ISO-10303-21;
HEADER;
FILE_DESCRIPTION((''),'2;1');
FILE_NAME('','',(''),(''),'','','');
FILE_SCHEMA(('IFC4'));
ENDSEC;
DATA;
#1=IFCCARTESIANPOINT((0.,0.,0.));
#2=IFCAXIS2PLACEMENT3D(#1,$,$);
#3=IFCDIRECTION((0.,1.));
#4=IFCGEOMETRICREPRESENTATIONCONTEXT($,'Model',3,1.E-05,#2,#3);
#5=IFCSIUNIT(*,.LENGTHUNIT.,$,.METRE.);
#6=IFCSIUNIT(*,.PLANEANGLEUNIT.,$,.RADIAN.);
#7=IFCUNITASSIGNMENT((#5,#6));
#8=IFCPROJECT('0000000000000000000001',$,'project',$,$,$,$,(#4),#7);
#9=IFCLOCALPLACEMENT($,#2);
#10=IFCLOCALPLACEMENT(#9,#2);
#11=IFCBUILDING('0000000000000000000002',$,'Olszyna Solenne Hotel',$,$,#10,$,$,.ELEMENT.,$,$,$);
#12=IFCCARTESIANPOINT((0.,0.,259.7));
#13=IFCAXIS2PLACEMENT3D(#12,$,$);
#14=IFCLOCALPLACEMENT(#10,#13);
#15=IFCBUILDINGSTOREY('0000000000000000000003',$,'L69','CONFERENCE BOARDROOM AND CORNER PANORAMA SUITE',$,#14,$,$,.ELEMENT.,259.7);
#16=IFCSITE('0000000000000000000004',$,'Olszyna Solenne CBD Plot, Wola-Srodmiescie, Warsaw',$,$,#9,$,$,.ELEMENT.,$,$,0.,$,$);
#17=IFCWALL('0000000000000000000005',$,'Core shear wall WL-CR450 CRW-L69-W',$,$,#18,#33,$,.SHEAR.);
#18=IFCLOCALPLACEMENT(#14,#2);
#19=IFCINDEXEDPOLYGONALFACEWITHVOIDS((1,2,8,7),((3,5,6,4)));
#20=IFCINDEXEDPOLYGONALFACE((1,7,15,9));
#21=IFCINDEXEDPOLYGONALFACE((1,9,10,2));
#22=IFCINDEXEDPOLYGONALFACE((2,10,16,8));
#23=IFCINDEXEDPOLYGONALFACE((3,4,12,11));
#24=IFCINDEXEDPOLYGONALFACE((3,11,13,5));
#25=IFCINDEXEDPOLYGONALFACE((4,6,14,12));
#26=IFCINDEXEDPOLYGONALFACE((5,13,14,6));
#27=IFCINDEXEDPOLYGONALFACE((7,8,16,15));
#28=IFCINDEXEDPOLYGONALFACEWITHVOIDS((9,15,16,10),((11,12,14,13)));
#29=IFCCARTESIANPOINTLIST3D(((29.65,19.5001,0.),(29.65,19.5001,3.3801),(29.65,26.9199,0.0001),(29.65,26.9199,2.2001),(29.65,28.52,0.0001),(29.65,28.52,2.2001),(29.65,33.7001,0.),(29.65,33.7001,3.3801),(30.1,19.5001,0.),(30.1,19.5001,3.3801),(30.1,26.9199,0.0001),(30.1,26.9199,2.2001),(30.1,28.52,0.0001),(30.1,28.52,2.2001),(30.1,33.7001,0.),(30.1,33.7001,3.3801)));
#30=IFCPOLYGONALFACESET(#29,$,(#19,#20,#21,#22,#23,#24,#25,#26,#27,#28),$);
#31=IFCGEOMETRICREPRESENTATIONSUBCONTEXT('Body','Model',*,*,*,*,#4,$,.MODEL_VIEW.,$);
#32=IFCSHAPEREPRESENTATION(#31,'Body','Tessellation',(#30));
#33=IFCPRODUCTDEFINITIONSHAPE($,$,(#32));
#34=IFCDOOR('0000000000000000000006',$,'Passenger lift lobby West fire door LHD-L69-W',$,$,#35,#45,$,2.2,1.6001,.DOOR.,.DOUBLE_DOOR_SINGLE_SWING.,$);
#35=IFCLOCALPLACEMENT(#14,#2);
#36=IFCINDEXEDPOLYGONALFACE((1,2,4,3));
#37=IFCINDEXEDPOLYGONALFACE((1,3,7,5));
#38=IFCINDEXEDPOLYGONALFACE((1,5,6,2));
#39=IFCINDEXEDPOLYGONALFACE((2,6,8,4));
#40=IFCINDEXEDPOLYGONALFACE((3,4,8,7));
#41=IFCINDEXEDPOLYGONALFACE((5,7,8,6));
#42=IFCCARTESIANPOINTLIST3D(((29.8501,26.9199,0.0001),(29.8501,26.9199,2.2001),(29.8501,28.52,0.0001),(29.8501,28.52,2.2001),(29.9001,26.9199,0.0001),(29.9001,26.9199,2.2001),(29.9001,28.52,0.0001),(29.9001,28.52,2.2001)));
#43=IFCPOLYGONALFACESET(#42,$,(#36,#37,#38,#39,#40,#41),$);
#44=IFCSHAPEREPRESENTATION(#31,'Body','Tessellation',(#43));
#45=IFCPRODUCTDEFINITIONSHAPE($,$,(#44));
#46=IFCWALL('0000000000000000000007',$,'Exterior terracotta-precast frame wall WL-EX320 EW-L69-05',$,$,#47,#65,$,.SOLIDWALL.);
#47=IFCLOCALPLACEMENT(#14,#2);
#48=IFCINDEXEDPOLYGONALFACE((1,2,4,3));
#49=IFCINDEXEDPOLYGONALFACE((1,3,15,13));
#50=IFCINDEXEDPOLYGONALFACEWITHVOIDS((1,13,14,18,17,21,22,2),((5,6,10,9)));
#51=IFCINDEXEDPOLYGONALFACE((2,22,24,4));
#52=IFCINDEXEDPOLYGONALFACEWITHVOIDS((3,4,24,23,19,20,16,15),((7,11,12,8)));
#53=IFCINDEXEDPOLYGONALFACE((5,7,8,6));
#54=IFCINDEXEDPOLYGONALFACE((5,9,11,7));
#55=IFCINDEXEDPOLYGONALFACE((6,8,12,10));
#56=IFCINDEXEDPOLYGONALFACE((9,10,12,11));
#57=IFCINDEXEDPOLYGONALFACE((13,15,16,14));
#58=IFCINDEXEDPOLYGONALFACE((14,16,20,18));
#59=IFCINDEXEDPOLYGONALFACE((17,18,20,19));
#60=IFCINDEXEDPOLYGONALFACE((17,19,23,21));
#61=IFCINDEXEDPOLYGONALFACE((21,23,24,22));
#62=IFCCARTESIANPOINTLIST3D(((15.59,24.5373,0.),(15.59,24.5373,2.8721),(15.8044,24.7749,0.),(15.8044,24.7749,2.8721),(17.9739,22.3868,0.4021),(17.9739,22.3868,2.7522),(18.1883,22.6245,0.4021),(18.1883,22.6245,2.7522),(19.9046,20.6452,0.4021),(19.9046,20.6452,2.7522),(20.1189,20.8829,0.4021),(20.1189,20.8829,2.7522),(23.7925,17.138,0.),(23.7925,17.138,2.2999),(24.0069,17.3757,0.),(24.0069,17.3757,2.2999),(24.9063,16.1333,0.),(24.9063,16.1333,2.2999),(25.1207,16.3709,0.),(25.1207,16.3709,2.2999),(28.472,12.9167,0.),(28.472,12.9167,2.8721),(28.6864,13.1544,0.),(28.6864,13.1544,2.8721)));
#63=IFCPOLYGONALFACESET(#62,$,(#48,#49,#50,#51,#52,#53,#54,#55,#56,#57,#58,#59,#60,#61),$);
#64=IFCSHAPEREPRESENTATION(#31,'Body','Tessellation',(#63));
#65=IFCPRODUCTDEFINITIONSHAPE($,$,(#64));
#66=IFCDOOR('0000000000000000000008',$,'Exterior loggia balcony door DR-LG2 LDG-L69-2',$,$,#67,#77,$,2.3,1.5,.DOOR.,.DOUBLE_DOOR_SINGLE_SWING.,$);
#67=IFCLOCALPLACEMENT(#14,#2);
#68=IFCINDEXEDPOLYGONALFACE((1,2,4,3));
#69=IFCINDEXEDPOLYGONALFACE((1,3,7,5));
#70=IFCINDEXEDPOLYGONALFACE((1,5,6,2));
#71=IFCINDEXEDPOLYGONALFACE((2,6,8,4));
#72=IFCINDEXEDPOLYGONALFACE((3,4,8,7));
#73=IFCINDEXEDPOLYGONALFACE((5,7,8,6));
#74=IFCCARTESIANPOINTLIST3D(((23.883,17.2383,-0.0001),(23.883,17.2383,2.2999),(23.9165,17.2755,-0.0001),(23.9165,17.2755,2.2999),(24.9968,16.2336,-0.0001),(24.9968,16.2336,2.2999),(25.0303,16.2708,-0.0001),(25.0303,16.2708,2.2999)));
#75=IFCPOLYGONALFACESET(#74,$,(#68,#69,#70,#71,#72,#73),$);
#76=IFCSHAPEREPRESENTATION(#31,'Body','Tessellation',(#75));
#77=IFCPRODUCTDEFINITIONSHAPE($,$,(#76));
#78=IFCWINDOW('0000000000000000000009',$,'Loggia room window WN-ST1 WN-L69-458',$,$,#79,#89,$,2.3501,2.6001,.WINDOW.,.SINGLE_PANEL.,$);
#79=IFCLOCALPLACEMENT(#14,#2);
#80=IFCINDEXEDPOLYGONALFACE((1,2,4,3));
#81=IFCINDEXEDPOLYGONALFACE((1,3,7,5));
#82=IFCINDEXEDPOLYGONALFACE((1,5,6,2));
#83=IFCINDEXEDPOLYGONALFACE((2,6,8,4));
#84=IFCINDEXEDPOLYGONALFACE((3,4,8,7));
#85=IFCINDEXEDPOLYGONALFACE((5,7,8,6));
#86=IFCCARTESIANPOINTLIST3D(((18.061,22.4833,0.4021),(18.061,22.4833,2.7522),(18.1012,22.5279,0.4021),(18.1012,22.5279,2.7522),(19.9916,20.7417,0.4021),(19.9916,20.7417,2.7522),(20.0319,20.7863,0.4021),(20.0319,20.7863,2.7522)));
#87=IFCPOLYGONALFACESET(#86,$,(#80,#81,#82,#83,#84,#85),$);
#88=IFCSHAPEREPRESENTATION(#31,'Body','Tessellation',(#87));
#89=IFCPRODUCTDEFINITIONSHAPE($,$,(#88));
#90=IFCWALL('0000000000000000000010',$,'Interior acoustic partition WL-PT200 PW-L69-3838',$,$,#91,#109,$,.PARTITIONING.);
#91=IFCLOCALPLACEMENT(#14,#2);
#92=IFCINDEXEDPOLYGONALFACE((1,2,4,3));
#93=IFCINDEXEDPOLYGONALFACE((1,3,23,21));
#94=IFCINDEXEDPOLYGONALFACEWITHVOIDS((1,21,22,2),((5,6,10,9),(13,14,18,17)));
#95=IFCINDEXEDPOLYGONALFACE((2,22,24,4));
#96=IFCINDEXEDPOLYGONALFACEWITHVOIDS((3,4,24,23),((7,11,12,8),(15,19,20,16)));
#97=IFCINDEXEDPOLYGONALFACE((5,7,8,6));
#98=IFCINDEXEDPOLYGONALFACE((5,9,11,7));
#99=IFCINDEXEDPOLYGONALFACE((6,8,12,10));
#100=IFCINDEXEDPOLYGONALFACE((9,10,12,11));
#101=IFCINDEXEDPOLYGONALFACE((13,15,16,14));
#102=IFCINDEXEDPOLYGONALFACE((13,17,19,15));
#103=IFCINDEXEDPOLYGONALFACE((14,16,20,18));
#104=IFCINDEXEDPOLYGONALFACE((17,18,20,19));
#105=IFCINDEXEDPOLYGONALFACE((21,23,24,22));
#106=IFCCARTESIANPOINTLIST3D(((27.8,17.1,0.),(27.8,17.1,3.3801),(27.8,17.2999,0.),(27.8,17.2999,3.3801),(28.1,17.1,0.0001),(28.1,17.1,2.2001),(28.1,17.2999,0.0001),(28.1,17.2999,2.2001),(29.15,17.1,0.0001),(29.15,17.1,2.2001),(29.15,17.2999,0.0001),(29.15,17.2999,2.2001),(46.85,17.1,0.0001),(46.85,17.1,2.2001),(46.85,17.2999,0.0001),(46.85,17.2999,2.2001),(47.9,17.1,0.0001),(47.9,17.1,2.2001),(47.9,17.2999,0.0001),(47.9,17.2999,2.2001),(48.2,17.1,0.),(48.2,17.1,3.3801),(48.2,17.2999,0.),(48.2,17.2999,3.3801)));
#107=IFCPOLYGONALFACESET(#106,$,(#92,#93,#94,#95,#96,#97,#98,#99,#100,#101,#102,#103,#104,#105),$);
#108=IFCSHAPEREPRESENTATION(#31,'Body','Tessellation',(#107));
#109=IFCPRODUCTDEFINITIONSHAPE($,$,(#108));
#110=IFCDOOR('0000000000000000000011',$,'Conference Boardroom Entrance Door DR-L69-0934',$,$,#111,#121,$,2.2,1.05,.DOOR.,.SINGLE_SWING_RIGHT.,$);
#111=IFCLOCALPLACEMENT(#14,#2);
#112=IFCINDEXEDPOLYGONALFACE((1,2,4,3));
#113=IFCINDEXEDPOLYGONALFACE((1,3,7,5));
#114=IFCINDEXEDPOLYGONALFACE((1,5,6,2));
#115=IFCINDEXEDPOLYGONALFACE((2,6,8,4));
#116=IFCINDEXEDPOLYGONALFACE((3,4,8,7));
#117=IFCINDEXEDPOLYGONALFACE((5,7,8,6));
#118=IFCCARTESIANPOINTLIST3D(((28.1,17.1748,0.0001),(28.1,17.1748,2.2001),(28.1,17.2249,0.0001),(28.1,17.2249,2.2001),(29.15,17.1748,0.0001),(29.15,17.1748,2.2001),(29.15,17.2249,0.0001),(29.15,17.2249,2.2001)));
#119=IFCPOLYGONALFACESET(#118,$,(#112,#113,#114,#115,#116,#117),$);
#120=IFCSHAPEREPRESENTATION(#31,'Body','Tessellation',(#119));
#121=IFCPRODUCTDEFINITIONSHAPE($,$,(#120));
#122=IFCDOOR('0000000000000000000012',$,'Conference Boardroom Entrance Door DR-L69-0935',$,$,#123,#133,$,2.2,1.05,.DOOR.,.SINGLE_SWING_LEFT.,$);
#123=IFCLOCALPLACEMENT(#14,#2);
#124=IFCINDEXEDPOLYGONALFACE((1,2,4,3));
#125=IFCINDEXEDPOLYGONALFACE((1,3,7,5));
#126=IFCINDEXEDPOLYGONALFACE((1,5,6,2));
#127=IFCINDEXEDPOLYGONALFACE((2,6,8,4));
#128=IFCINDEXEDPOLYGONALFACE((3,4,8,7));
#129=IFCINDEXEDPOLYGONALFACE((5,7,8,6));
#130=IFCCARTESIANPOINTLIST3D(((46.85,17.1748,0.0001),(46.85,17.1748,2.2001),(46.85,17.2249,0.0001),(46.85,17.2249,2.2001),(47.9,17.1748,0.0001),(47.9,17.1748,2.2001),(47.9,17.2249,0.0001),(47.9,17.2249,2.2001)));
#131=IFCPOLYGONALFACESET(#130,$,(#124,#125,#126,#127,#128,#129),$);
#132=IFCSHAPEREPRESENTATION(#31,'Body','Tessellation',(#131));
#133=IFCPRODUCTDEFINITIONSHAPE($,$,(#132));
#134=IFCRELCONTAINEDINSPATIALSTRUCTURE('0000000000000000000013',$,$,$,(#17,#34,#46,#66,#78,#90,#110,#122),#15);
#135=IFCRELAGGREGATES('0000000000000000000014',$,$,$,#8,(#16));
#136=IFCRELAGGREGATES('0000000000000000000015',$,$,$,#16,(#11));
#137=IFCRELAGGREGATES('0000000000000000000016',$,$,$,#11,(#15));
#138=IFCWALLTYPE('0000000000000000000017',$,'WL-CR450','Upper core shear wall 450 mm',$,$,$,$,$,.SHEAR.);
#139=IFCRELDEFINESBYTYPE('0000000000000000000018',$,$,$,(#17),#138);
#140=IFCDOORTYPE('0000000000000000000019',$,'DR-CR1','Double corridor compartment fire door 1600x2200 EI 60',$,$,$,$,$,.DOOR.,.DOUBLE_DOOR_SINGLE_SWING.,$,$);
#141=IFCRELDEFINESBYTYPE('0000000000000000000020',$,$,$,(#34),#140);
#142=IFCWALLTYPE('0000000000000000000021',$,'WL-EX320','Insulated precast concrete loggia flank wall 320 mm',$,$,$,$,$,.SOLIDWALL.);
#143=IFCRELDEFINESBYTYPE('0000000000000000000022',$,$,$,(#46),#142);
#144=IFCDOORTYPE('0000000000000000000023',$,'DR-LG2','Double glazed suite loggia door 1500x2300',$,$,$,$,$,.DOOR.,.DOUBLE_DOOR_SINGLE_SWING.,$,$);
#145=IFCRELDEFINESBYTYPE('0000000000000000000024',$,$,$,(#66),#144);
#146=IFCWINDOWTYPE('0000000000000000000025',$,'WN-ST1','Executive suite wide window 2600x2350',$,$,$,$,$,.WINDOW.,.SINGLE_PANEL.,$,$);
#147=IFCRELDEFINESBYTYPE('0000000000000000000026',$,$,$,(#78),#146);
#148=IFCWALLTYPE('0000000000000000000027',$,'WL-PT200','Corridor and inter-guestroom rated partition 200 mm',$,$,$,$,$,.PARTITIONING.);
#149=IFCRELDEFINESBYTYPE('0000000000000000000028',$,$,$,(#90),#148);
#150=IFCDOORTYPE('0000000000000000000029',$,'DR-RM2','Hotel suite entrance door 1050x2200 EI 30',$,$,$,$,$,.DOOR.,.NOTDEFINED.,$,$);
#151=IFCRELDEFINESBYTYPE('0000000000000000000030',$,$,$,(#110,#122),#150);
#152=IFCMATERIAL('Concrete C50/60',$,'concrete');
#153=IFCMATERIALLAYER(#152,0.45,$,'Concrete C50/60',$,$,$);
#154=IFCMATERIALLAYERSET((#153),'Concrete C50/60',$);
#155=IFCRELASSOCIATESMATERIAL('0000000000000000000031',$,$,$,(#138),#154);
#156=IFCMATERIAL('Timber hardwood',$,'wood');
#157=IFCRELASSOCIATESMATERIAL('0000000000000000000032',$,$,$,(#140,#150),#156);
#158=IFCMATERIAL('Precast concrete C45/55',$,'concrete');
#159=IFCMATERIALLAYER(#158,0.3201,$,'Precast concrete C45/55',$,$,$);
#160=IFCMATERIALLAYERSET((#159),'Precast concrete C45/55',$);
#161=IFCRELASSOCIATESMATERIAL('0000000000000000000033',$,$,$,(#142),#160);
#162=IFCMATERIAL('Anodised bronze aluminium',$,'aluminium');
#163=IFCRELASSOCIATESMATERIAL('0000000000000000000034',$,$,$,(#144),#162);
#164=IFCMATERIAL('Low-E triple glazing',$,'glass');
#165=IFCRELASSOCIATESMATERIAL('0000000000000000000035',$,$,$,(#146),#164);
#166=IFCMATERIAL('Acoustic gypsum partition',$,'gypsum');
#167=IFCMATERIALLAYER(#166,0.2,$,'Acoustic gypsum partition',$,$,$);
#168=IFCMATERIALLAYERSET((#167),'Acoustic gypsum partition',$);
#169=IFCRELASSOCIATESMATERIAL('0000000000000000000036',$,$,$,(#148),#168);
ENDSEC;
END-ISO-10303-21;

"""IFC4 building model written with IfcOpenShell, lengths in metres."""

from ifc_helpers import new_model, si_unit, direction, frame, frame_2d, origin, place, context, subcontext, project, spatial, rectangle, extrude, source, transform, mapped, material, layer, layer_set, type_object, type_shapes, element, fill, save


model = new_model("IFC4")

# Units and contexts
model_context = context("Model", 3, precision=1e-05, world=origin(), true_north=direction((0.0, 1.0)))
body_context = subcontext(model_context, "Body", "Model", "MODEL_VIEW")
ifc_project = project(units=[si_unit("LENGTHUNIT", "METRE"), si_unit("PLANEANGLEUNIT", "RADIAN")], contexts=[model_context])

# Site, building, storey
site_placement = place(None, origin())
site = spatial("IfcSite", under=ifc_project, at=site_placement, Name="Olszyna Solenne CBD Plot, Wola-Srodmiescie, Warsaw", CompositionType="ELEMENT", RefElevation=0.0)
building_placement = place(site_placement, origin())
building = spatial("IfcBuilding", under=site, at=building_placement, Name="Olszyna Solenne Hotel", CompositionType="ELEMENT")
storey_placement = place(building_placement, frame((0.0, 0.0, 259.7)))
storey = spatial("IfcBuildingStorey", under=building, at=storey_placement, Name="L69", Description="CONFERENCE BOARDROOM AND CORNER PANORAMA SUITE", CompositionType="ELEMENT", Elevation=259.7)

# Shared definitions
ifc_material_1 = material(Name="Anodised bronze aluminium", Category="aluminium")

# Shared definitions
ifc_material_2 = material(Name="Precast concrete C45/55", Category="concrete")
ifc_material_3 = material(Name="Concrete C50/60", Category="concrete")

# Wall, opening, door
ifc_layer_1 = layer(ifc_material_3, 0.45, Name="Concrete C50/60")
ifc_layer_set_1 = layer_set([ifc_layer_1], Name="Concrete C50/60")
wall_type_1 = type_object("IfcWallType", Name="WL-CR450", Description="Upper core shear wall 450 mm", PredefinedType="SHEAR", material=ifc_layer_set_1)
wall_1_placement = place(storey_placement, frame((29.875, 19.5, 0.0), z_axis=(0.0, 0.0, 1.0), x_axis=(0.0, 1.0, 0.0)))
wall_1 = element("IfcWall", 1, at=wall_1_placement, inside=storey, type_object=wall_type_1, Name="Core shear wall WL-CR450 CRW-L69-W", PredefinedType="SHEAR", context=body_context, shape_type="SweptSolid", body=[
    extrude(rectangle(XDim=14.2, YDim=0.45, at=frame_2d((7.1001, 0.0))), origin(), (0.0, 0.0, 1.0), 3.3801),
])
opening_1_placement = place(wall_1_placement, frame((7.4199, 0.0, 0.0)))
opening_1 = element("IfcOpeningElement", 2, at=opening_1_placement, cuts=wall_1, PredefinedType="OPENING", context=body_context, shape_type="SweptSolid", body=[
    extrude(rectangle(XDim=1.6001, YDim=2.2, at=frame_2d((0.8, 1.1001))), frame((0.0, 0.2349, 0.0), z_axis=(0.0, -1.0, 0.0), x_axis=(1.0, 0.0, 0.0)), (0.0, 0.0, 1.0), 0.47),
])
ifc_material_4 = material(Name="Timber hardwood", Category="wood")
door_type_1 = type_object("IfcDoorType", Name="DR-CR1", Description="Double corridor compartment fire door 1600x2200 EI 60", OperationType="DOUBLE_DOOR_SINGLE_SWING", PredefinedType="DOOR", material=ifc_material_4)
shared_shape_1 = source(origin(), body_context, "Body", "SweptSolid", [
    extrude(rectangle(XDim=1.6001, YDim=2.2, at=frame_2d((0.8, 1.1001))), frame((0.0, 0.0249, 0.0), z_axis=(0.0, -1.0, 0.0), x_axis=(1.0, 0.0, 0.0)), (0.0, 0.0, 1.0), 0.05),
])
type_shapes(door_type_1, [shared_shape_1])
door_1_placement = place(opening_1_placement, origin())
door_1 = element("IfcDoor", 3, at=door_1_placement, inside=storey, type_object=door_type_1, Name="Passenger lift lobby West fire door LHD-L69-W", OperationType="DOUBLE_DOOR_SINGLE_SWING", OverallHeight=2.2, OverallWidth=1.6001, PredefinedType="DOOR", context=body_context, shape_type="MappedRepresentation", body=[
    mapped(shared_shape_1, transform((0.0, 0.0, 0.0), x_axis=(1.0, 0.0, 0.0), y_axis=(0.0, 1.0, 0.0), z_axis=(0.0, 0.0, 1.0), scale=1.0)),
])
fill(opening_1, door_1)

# Wall, openings, door, window
ifc_layer_2 = layer(ifc_material_2, 0.3201, Name="Precast concrete C45/55")
ifc_layer_set_2 = layer_set([ifc_layer_2], Name="Precast concrete C45/55")
wall_type_2 = type_object("IfcWallType", Name="WL-EX320", Description="Insulated precast concrete loggia flank wall 320 mm", PredefinedType="SOLIDWALL", material=ifc_layer_set_2)
wall_2_placement = place(storey_placement, frame((28.5791, 13.0356, 0.0), z_axis=(0.0, 0.0, 1.0), x_axis=(-0.742527, 0.669816, 0.0)))
wall_2 = element("IfcWall", 4, at=wall_2_placement, inside=storey, type_object=wall_type_2, Name="Exterior terracotta-precast frame wall WL-EX320 EW-L69-05", PredefinedType="SOLIDWALL", context=body_context, shape_type="SweptSolid", body=[
    extrude(rectangle(XDim=17.3489, YDim=0.3201, at=frame_2d((8.6743, 0.0))), origin(), (0.0, 0.0, 1.0), 2.8721),
])
opening_2_placement = place(wall_2_placement, frame((4.802, 0.0, 0.0)))
opening_2 = element("IfcOpeningElement", 5, at=opening_2_placement, cuts=wall_2, PredefinedType="OPENING", context=body_context, shape_type="SweptSolid", body=[
    extrude(rectangle(XDim=1.5, YDim=2.3, at=frame_2d((0.75, 1.1499))), frame((0.0, 0.1699, 0.0), z_axis=(0.0, -1.0, 0.0), x_axis=(1.0, 0.0, 0.0)), (0.0, 0.0, 1.0), 0.3401),
])
opening_3_placement = place(wall_2_placement, frame((11.5381, 0.0, 0.4021)))
opening_3 = element("IfcOpeningElement", 6, at=opening_3_placement, cuts=wall_2, PredefinedType="OPENING", context=body_context, shape_type="SweptSolid", body=[
    extrude(rectangle(XDim=2.6001, YDim=2.3501, at=frame_2d((1.3, 1.175))), frame((0.0, 0.1699, 0.0), z_axis=(0.0, -1.0, 0.0), x_axis=(1.0, 0.0, 0.0)), (0.0, 0.0, 1.0), 0.3401),
])
door_type_2 = type_object("IfcDoorType", Name="DR-LG2", Description="Double glazed suite loggia door 1500x2300", OperationType="DOUBLE_DOOR_SINGLE_SWING", PredefinedType="DOOR", material=ifc_material_1)
shared_shape_2 = source(origin(), body_context, "Body", "SweptSolid", [
    extrude(rectangle(XDim=1.5, YDim=2.3, at=frame_2d((0.75, 1.1499))), frame((0.0, 0.0249, 0.0), z_axis=(0.0, -1.0, 0.0), x_axis=(1.0, 0.0, 0.0)), (0.0, 0.0, 1.0), 0.05),
])
type_shapes(door_type_2, [shared_shape_2])
door_2_placement = place(opening_2_placement, origin())
door_2 = element("IfcDoor", 7, at=door_2_placement, inside=storey, type_object=door_type_2, Name="Exterior loggia balcony door DR-LG2 LDG-L69-2", OperationType="DOUBLE_DOOR_SINGLE_SWING", OverallHeight=2.3, OverallWidth=1.5, PredefinedType="DOOR", context=body_context, shape_type="MappedRepresentation", body=[
    mapped(shared_shape_2, transform((0.0, 0.0, 0.0), x_axis=(1.0, 0.0, 0.0), y_axis=(0.0, 1.0, 0.0), z_axis=(0.0, 0.0, 1.0), scale=1.0)),
])
fill(opening_2, door_2)
ifc_material_5 = material(Name="Low-E triple glazing", Category="glass")
window_type = type_object("IfcWindowType", Name="WN-ST1", Description="Executive suite wide window 2600x2350", PartitioningType="SINGLE_PANEL", PredefinedType="WINDOW", material=ifc_material_5)
shared_shape_3 = source(origin(), body_context, "Body", "SweptSolid", [
    extrude(rectangle(XDim=2.6001, YDim=2.3501, at=frame_2d((1.3, 1.175))), frame((0.0, 0.03, 0.0), z_axis=(0.0, -1.0, 0.0), x_axis=(1.0, 0.0, 0.0)), (0.0, 0.0, 1.0), 0.0601),
])
type_shapes(window_type, [shared_shape_3])
window_placement = place(opening_3_placement, origin())
window = element("IfcWindow", 8, at=window_placement, inside=storey, type_object=window_type, Name="Loggia room window WN-ST1 WN-L69-458", OverallHeight=2.3501, OverallWidth=2.6001, PartitioningType="SINGLE_PANEL", PredefinedType="WINDOW", context=body_context, shape_type="MappedRepresentation", body=[
    mapped(shared_shape_3, transform((0.0, 0.0, 0.0), x_axis=(1.0, 0.0, 0.0), y_axis=(0.0, 1.0, 0.0), z_axis=(0.0, 0.0, 1.0), scale=1.0)),
])
fill(opening_3, window)

# Wall, openings, doors
ifc_material_6 = material(Name="Acoustic gypsum partition", Category="gypsum")
ifc_layer_3 = layer(ifc_material_6, 0.2, Name="Acoustic gypsum partition")
ifc_layer_set_3 = layer_set([ifc_layer_3], Name="Acoustic gypsum partition")
wall_type_3 = type_object("IfcWallType", Name="WL-PT200", Description="Corridor and inter-guestroom rated partition 200 mm", PredefinedType="PARTITIONING", material=ifc_layer_set_3)
wall_3_placement = place(storey_placement, frame((27.8, 17.2, 0.0), z_axis=(0.0, 0.0, 1.0), x_axis=(1.0, 0.0, 0.0)))
wall_3 = element("IfcWall", 9, at=wall_3_placement, inside=storey, type_object=wall_type_3, Name="Interior acoustic partition WL-PT200 PW-L69-3838", PredefinedType="PARTITIONING", context=body_context, shape_type="SweptSolid", body=[
    extrude(rectangle(XDim=20.3999, YDim=0.2, at=frame_2d((10.2, 0.0))), origin(), (0.0, 0.0, 1.0), 3.3801),
])
opening_4_placement = place(wall_3_placement, frame((0.3, 0.0, 0.0)))
opening_4 = element("IfcOpeningElement", 10, at=opening_4_placement, cuts=wall_3, PredefinedType="OPENING", context=body_context, shape_type="SweptSolid", body=[
    extrude(rectangle(XDim=1.05, YDim=2.2, at=frame_2d((0.5249, 1.1001))), frame((0.0, 0.1099, 0.0), z_axis=(0.0, -1.0, 0.0), x_axis=(1.0, 0.0, 0.0)), (0.0, 0.0, 1.0), 0.22),
])
opening_5_placement = place(wall_3_placement, frame((19.05, 0.0, 0.0)))
opening_5 = element("IfcOpeningElement", 11, at=opening_5_placement, cuts=wall_3, PredefinedType="OPENING", context=body_context, shape_type="SweptSolid", body=[
    extrude(rectangle(XDim=1.05, YDim=2.2, at=frame_2d((0.5249, 1.1001))), frame((0.0, 0.1099, 0.0), z_axis=(0.0, -1.0, 0.0), x_axis=(1.0, 0.0, 0.0)), (0.0, 0.0, 1.0), 0.22),
])
door_type_3 = type_object("IfcDoorType", Name="DR-RM2", Description="Hotel suite entrance door 1050x2200 EI 30", OperationType="NOTDEFINED", PredefinedType="DOOR", material=ifc_material_4)
shared_shape_4 = source(origin(), body_context, "Body", "SweptSolid", [
    extrude(rectangle(XDim=1.05, YDim=2.2, at=frame_2d((0.5249, 1.1001))), frame((0.0, 0.0249, 0.0), z_axis=(0.0, -1.0, 0.0), x_axis=(1.0, 0.0, 0.0)), (0.0, 0.0, 1.0), 0.05),
])
type_shapes(door_type_3, [shared_shape_4])
door_3_placement = place(opening_4_placement, origin())
door_3 = element("IfcDoor", 12, at=door_3_placement, inside=storey, type_object=door_type_3, Name="Conference Boardroom Entrance Door DR-L69-0934", OperationType="SINGLE_SWING_RIGHT", OverallHeight=2.2, OverallWidth=1.05, PredefinedType="DOOR", context=body_context, shape_type="MappedRepresentation", body=[
    mapped(shared_shape_4, transform((0.0, 0.0, 0.0), x_axis=(1.0, 0.0, 0.0), y_axis=(0.0, 1.0, 0.0), z_axis=(0.0, 0.0, 1.0), scale=1.0)),
])
fill(opening_4, door_3)
door_4_placement = place(opening_5_placement, origin())
door_4 = element("IfcDoor", 13, at=door_4_placement, inside=storey, type_object=door_type_3, Name="Conference Boardroom Entrance Door DR-L69-0935", OperationType="SINGLE_SWING_LEFT", OverallHeight=2.2, OverallWidth=1.05, PredefinedType="DOOR", context=body_context, shape_type="MappedRepresentation", body=[
    mapped(shared_shape_4, transform((0.0, 0.0, 0.0), x_axis=(1.0, 0.0, 0.0), y_axis=(0.0, 1.0, 0.0), z_axis=(0.0, 0.0, 1.0), scale=1.0)),
])
fill(opening_5, door_4)

save(model, "model.ifc")
